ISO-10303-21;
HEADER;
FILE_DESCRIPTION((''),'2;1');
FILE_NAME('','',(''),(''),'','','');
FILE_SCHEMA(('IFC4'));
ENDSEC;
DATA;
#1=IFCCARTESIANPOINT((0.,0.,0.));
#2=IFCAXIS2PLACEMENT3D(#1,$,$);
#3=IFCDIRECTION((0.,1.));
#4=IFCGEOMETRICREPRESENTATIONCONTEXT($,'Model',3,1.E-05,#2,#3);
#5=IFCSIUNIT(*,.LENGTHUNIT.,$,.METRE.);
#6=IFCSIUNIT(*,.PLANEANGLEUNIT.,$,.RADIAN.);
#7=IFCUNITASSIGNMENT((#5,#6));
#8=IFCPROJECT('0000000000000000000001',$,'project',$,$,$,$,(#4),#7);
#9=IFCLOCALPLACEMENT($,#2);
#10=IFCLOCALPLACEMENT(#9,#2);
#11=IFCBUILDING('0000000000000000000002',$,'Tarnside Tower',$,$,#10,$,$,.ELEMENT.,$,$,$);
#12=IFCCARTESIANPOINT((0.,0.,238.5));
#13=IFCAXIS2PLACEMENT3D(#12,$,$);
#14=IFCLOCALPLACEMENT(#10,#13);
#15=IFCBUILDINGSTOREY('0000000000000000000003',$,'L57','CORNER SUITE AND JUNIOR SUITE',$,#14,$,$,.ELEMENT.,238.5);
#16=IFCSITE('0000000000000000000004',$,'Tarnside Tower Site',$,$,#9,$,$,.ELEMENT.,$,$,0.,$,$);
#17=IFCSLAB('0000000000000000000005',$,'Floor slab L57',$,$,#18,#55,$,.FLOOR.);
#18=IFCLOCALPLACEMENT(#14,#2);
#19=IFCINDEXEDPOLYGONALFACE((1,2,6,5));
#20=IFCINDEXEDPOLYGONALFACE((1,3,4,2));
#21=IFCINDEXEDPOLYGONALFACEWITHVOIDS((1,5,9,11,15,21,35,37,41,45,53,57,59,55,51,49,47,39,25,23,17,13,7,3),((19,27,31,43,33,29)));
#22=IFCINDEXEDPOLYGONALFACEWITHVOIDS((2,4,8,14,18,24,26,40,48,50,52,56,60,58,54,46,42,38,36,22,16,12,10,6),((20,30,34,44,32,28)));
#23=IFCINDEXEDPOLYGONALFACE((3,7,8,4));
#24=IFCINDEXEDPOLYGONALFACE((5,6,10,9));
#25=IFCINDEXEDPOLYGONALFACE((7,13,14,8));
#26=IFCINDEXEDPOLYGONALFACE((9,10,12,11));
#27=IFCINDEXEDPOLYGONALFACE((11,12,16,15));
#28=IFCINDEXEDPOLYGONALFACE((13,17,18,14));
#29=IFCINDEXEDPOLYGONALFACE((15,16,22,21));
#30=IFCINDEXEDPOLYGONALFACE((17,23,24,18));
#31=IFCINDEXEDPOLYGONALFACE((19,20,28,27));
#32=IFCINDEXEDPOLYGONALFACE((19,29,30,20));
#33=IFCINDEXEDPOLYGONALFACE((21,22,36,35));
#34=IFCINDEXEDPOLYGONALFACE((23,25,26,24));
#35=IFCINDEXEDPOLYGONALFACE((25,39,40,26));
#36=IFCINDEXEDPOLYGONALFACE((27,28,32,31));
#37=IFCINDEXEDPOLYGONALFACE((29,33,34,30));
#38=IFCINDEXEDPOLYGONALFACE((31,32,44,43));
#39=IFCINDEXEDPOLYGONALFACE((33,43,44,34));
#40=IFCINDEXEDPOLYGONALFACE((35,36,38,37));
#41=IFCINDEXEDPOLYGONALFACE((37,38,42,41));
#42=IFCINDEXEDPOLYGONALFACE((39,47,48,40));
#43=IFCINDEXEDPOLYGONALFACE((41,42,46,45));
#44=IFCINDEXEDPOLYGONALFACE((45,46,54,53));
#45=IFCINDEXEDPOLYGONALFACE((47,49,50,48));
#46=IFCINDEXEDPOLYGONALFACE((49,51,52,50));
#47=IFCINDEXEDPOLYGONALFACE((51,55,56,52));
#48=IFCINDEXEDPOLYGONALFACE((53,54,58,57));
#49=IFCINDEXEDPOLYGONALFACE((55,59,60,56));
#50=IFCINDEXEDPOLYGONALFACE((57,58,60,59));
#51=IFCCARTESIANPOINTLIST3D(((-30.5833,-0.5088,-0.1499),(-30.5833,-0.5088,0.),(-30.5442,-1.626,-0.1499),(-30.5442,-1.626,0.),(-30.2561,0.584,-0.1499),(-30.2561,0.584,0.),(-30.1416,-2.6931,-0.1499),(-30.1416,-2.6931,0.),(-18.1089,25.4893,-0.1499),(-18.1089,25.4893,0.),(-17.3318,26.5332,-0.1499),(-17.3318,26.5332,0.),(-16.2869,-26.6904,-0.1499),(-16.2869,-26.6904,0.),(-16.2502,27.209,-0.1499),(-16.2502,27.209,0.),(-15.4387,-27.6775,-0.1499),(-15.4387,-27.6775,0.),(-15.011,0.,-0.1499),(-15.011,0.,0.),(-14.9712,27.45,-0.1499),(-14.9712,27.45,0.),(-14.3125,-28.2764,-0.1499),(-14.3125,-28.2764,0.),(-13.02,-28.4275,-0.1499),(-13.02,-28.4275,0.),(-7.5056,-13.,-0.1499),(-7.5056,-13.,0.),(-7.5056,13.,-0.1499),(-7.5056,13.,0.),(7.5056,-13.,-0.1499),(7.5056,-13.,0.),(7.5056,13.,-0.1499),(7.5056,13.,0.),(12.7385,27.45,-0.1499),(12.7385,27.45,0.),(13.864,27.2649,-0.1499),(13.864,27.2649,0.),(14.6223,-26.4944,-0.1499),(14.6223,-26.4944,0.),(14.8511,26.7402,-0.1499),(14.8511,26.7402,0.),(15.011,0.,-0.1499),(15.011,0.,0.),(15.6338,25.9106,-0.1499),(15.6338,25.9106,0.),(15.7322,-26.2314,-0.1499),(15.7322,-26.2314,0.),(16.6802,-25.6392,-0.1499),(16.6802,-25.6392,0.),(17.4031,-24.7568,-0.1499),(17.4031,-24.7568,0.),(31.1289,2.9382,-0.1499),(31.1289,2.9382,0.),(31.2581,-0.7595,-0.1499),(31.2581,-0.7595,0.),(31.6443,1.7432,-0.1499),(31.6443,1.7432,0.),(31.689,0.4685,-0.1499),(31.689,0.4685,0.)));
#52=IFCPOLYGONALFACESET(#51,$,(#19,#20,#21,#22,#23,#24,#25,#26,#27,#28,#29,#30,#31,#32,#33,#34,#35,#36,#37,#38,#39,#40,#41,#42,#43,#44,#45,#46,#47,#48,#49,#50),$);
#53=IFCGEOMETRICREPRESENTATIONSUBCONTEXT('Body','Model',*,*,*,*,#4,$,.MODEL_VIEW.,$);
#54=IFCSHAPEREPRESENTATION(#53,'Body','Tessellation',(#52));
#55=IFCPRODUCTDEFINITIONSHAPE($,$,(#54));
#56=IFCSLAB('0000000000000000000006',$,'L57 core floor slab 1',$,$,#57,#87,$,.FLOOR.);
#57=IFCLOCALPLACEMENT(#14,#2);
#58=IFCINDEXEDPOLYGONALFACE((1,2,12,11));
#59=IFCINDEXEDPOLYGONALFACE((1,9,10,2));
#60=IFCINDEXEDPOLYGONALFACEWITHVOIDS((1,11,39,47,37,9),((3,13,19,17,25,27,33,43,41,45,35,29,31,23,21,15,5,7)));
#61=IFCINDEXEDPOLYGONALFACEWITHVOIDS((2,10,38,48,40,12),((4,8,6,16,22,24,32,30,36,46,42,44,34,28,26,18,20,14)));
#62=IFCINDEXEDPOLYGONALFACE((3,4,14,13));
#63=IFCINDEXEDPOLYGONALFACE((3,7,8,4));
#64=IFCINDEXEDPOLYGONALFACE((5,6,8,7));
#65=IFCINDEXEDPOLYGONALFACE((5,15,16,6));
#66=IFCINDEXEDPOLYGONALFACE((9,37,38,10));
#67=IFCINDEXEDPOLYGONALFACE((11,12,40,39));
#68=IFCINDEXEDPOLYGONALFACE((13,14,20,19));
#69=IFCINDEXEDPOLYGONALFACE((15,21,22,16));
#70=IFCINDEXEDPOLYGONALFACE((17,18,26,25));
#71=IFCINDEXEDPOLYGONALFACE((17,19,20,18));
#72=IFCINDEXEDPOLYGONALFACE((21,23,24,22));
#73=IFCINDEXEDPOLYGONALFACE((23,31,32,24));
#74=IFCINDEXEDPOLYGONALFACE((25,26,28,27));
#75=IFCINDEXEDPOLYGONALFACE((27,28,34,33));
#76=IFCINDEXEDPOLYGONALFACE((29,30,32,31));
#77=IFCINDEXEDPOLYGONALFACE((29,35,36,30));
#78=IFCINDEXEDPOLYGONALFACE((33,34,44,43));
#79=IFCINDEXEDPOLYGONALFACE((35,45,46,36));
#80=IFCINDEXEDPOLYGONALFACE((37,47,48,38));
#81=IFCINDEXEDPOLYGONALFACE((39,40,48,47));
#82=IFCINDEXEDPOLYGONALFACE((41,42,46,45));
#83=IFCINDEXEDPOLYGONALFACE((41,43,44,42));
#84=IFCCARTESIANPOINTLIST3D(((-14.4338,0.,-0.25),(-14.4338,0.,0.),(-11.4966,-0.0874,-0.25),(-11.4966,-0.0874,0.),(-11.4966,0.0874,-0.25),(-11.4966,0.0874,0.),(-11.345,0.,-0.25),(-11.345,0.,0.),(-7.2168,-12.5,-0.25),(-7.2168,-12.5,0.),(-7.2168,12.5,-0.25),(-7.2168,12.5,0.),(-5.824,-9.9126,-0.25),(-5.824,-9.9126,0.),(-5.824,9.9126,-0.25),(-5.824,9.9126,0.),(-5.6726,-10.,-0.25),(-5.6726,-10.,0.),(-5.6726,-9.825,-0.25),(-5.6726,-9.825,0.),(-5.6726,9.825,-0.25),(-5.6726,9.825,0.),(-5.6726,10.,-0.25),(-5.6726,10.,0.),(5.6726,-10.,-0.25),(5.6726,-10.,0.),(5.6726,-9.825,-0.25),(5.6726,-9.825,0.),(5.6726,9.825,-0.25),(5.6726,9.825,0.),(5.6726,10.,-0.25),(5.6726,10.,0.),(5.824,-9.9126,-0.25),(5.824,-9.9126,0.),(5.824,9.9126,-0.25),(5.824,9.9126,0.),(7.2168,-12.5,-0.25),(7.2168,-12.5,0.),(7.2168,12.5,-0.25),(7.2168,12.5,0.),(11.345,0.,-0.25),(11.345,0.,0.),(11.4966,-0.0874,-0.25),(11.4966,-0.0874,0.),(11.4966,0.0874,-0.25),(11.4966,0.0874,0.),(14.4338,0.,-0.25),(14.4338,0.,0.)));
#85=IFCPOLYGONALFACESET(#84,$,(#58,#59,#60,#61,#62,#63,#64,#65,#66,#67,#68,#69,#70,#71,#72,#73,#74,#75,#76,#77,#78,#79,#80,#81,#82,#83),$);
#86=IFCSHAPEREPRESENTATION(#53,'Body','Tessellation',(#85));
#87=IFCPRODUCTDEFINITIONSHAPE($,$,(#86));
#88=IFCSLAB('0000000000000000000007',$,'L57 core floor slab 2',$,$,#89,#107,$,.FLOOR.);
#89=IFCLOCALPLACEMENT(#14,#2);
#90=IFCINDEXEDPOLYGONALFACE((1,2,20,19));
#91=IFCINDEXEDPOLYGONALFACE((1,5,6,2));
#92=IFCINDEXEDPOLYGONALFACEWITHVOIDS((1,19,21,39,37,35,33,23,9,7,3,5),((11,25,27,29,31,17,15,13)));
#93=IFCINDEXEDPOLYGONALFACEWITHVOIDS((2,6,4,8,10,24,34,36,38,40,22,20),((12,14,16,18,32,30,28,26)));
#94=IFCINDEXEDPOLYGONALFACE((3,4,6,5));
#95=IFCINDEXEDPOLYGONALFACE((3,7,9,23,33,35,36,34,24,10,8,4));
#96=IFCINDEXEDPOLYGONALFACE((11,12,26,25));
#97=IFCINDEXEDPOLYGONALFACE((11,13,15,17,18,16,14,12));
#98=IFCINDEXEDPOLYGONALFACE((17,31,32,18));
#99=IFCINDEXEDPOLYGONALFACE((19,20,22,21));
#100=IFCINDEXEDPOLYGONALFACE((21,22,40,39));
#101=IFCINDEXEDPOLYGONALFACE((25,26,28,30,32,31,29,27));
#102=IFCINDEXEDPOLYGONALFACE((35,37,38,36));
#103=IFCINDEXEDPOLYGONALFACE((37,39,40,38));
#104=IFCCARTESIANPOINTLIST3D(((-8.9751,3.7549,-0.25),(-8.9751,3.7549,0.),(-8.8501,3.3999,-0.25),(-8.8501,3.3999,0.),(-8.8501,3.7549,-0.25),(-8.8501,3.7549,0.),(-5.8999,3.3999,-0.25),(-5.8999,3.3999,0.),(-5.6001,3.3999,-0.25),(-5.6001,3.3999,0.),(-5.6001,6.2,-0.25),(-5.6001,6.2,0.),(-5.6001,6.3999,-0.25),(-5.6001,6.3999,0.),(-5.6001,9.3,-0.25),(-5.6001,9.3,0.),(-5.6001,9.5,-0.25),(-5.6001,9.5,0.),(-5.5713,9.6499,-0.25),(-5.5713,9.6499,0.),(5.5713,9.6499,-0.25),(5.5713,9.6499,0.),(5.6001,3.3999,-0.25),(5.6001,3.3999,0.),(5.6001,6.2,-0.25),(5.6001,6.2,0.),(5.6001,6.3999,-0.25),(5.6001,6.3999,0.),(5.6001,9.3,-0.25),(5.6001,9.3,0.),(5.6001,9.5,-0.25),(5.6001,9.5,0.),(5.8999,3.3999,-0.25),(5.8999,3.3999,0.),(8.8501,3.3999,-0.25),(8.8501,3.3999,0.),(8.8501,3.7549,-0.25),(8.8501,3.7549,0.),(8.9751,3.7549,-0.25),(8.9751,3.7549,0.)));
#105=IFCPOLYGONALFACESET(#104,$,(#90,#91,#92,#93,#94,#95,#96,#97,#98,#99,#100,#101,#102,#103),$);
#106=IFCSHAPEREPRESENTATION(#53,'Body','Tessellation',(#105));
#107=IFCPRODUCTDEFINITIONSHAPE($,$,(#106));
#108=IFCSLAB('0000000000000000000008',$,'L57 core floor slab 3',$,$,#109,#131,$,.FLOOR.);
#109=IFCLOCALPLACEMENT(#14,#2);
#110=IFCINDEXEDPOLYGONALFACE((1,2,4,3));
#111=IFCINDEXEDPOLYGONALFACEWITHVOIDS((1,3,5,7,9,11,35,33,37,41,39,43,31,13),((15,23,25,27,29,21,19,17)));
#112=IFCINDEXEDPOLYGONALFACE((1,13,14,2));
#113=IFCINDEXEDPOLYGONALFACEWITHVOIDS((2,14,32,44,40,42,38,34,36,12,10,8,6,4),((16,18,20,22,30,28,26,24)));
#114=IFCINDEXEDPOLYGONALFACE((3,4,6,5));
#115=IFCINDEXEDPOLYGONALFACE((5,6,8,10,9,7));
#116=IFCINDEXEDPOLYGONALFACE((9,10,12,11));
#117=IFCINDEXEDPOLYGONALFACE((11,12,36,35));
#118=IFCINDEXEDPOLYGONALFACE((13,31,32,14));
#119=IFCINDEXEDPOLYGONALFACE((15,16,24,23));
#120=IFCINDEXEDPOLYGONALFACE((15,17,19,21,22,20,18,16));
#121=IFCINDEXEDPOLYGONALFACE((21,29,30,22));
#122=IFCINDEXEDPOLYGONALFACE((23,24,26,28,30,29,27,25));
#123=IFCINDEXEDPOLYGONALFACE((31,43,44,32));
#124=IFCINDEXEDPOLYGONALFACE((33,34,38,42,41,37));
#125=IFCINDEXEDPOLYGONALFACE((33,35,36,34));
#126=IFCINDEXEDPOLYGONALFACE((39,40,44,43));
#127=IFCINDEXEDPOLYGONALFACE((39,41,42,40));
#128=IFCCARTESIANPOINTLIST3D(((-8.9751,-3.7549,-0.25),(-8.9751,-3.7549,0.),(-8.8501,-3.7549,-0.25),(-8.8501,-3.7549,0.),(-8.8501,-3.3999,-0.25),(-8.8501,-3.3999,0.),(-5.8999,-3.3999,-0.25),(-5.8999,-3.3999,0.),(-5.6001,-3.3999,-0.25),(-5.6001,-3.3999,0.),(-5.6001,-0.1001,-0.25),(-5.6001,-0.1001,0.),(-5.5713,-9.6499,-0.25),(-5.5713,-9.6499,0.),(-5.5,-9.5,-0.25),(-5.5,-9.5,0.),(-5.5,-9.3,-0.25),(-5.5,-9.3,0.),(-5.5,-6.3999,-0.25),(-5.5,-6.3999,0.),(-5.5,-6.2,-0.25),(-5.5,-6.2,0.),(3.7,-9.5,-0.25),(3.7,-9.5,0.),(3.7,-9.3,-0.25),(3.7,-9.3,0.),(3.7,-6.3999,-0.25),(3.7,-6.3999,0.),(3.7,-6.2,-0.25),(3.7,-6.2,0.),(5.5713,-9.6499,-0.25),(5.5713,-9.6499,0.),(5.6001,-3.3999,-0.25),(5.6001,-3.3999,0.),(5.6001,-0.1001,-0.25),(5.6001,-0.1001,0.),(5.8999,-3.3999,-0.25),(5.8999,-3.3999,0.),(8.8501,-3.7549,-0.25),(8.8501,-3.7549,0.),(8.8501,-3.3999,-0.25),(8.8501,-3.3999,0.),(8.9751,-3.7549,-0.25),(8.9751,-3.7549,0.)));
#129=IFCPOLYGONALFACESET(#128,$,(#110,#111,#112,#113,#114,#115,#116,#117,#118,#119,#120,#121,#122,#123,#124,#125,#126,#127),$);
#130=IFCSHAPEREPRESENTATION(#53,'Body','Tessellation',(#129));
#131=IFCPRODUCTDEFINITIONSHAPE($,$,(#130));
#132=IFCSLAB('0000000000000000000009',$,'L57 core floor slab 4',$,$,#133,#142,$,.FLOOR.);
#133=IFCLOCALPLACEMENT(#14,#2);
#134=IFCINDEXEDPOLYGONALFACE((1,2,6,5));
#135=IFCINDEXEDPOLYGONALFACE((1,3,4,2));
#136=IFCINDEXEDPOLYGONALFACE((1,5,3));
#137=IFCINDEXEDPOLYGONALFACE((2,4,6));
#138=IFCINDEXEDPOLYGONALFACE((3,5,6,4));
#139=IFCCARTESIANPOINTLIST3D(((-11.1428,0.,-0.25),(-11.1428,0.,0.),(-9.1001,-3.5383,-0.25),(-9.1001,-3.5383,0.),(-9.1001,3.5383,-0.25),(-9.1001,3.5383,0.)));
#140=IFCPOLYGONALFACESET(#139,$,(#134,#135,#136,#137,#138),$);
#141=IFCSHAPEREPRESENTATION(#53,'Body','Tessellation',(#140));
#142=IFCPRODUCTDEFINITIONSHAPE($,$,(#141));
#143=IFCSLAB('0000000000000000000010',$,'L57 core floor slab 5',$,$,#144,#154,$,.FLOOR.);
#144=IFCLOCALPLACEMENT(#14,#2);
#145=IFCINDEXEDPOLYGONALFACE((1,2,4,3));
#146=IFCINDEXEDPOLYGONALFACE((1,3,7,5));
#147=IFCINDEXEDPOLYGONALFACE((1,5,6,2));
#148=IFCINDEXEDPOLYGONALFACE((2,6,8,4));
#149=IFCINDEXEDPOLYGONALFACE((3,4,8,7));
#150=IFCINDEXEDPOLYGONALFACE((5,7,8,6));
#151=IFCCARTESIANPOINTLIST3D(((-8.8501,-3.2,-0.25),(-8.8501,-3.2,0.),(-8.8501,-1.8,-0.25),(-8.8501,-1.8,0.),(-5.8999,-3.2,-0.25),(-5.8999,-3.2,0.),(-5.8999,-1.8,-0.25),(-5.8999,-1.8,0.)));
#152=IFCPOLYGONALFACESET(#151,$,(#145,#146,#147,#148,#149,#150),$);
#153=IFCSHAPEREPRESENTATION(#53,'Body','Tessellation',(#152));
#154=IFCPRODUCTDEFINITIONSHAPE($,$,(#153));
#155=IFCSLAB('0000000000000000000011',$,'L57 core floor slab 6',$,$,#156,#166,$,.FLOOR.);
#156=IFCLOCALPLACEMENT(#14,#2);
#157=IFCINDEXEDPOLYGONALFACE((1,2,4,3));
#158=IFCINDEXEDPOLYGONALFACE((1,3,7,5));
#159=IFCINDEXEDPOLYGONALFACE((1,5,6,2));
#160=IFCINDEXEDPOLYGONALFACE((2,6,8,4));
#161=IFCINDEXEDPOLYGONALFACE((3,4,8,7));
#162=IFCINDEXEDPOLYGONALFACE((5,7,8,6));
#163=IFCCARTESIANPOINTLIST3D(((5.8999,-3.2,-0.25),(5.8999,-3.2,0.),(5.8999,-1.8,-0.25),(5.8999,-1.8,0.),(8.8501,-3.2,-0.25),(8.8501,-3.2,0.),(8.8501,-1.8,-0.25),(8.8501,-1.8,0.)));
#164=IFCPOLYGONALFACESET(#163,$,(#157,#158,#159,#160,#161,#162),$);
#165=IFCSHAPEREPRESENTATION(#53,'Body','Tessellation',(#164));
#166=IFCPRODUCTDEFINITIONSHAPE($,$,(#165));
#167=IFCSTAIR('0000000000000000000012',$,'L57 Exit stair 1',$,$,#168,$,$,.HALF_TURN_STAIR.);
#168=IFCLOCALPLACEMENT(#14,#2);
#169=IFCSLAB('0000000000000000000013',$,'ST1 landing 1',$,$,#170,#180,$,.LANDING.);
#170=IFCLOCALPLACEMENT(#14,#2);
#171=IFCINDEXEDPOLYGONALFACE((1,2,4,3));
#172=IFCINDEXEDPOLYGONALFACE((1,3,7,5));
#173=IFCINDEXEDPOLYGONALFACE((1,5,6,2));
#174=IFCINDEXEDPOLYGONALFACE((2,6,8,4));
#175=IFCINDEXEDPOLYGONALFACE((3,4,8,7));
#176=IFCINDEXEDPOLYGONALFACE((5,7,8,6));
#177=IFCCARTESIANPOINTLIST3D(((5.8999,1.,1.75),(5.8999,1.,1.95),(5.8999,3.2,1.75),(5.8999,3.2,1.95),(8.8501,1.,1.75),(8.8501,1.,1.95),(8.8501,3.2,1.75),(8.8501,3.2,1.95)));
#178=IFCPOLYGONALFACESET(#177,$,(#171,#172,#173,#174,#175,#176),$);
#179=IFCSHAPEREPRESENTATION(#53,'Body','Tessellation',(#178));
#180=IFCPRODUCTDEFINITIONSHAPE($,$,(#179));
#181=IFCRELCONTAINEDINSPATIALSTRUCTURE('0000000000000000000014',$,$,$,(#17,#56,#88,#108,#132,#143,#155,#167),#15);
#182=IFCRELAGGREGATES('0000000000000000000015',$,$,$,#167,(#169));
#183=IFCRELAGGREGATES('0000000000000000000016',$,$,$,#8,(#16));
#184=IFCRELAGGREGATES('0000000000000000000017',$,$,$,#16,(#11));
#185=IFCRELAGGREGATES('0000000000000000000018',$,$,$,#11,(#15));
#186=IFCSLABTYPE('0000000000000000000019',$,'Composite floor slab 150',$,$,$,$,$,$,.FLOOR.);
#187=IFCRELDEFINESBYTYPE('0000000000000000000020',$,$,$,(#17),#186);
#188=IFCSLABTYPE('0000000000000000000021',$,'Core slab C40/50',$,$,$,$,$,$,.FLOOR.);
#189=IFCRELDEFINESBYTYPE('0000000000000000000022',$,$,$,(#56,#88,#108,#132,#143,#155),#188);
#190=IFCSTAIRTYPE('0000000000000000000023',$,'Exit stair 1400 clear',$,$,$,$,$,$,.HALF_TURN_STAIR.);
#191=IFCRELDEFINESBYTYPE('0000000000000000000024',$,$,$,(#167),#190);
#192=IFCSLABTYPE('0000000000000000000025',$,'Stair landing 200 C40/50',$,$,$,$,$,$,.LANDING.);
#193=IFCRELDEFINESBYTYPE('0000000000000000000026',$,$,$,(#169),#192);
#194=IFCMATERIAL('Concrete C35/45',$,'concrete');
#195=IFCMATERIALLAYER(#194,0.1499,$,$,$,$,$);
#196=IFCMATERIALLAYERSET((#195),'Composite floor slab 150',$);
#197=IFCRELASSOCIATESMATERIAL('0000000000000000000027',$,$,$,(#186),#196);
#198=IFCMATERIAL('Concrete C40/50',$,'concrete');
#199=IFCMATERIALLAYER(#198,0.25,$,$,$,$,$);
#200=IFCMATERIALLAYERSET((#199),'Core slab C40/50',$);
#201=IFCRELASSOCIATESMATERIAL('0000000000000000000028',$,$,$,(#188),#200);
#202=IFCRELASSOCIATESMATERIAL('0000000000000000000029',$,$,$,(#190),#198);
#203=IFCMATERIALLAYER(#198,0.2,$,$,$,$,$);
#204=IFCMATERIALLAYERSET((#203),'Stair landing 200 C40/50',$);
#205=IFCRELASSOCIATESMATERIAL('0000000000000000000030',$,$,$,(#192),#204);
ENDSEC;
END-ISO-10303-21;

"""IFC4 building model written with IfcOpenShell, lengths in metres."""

from ifc_helpers import new_model, si_unit, direction, frame, origin, place, context, subcontext, project, spatial, polyline, outline, extrude, material, layer, layer_set, type_object, element, aggregate, save


model = new_model("IFC4")

# Units and contexts
model_context = context("Model", 3, precision=1e-05, world=origin(), true_north=direction((0.0, 1.0)))
body_context = subcontext(model_context, "Body", "Model", "MODEL_VIEW")
ifc_project = project(units=[si_unit("LENGTHUNIT", "METRE"), si_unit("PLANEANGLEUNIT", "RADIAN")], contexts=[model_context])

# Site, building, storey
site_placement = place(None, origin())
site = spatial("IfcSite", under=ifc_project, at=site_placement, Name="Tarnside Tower Site", CompositionType="ELEMENT", RefElevation=0.0)
building_placement = place(site_placement, origin())
building = spatial("IfcBuilding", under=site, at=building_placement, Name="Tarnside Tower", CompositionType="ELEMENT")
storey_placement = place(building_placement, frame((0.0, 0.0, 238.5)))
storey = spatial("IfcBuildingStorey", under=building, at=storey_placement, Name="L57", Description="CORNER SUITE AND JUNIOR SUITE", CompositionType="ELEMENT", Elevation=238.5)

# Slabs
ifc_material_1 = material(Name="Concrete C35/45", Category="concrete")
ifc_layer_1 = layer(ifc_material_1, 0.1499)
ifc_layer_set_1 = layer_set([ifc_layer_1], Name="Composite floor slab 150")
slab_type_1 = type_object("IfcSlabType", Name="Composite floor slab 150", PredefinedType="FLOOR", material=ifc_layer_set_1)
slab_1_placement = place(storey_placement, frame((0.0, 0.0, -0.1499)))
element("IfcSlab", 1, at=slab_1_placement, inside=storey, type_object=slab_type_1, Name="Floor slab L57", PredefinedType="FLOOR", context=body_context, shape_type="SweptSolid", body=[
    extrude(outline(polyline([(13.864, 27.2649), (14.8511, 26.7402), (15.6338, 25.9106), (31.1289, 2.9382), (31.6443, 1.7432), (31.689, 0.4685), (31.2581, -0.7595), (17.4031, -24.7568), (16.6802, -25.6392), (15.7322, -26.2314), (14.6223, -26.4944), (-13.02, -28.4275), (-14.3125, -28.2764), (-15.4387, -27.6775), (-16.2869, -26.6904), (-30.1416, -2.6931), (-30.5442, -1.626), (-30.5833, -0.5088), (-30.2561, 0.584), (-18.1089, 25.4893), (-17.3318, 26.5332), (-16.2502, 27.209), (-14.9712, 27.45), (12.7385, 27.45), (13.864, 27.2649)]), holes=[polyline([(-15.011, 0.0), (-7.5056, -13.0), (7.5056, -13.0), (15.011, 0.0), (7.5056, 13.0), (-7.5056, 13.0), (-15.011, 0.0)])]), origin(), (0.0, 0.0, 1.0), 0.1499),
])
ifc_material_2 = material(Name="Concrete C40/50", Category="concrete")
ifc_layer_2 = layer(ifc_material_2, 0.25)
ifc_layer_set_2 = layer_set([ifc_layer_2], Name="Core slab C40/50")
slab_type_2 = type_object("IfcSlabType", Name="Core slab C40/50", PredefinedType="FLOOR", material=ifc_layer_set_2)
slab_2_placement = place(storey_placement, frame((0.0, 0.0, -0.25)))
element("IfcSlab", 2, at=slab_2_placement, inside=storey, type_object=slab_type_2, Name="L57 core floor slab 1", PredefinedType="FLOOR", context=body_context, shape_type="SweptSolid", body=[
    extrude(outline(polyline([(-7.2168, 12.5), (7.2168, 12.5), (14.4338, 0.0), (7.2168, -12.5), (-7.2168, -12.5), (-14.4338, 0.0), (-7.2168, 12.5)]), holes=[polyline([(5.824, -9.9126), (11.4966, -0.0874), (11.345, 0.0), (11.4966, 0.0874), (5.824, 9.9126), (5.6726, 9.825), (5.6726, 10.0), (-5.6726, 10.0), (-5.6726, 9.825), (-5.824, 9.9126), (-11.4966, 0.0874), (-11.345, 0.0), (-11.4966, -0.0874), (-5.824, -9.9126), (-5.6726, -9.825), (-5.6726, -10.0), (5.6726, -10.0), (5.6726, -9.825), (5.824, -9.9126)])]), origin(), (0.0, 0.0, 1.0), 0.25),
])
slab_3_placement = place(storey_placement, frame((0.0, 0.0, -0.25)))
element("IfcSlab", 3, at=slab_3_placement, inside=storey, type_object=slab_type_2, Name="L57 core floor slab 2", PredefinedType="FLOOR", context=body_context, shape_type="SweptSolid", body=[
    extrude(outline(polyline([(-8.9751, 3.7549), (-5.5713, 9.6499), (5.5713, 9.6499), (8.9751, 3.7549), (8.8501, 3.7549), (8.8501, 3.3999), (5.8999, 3.3999), (5.6001, 3.3999), (5.6001, 3.3999), (-5.6001, 3.3999), (-5.8999, 3.3999), (-8.8501, 3.3999), (-8.8501, 3.7549), (-8.9751, 3.7549)]), holes=[polyline([(-5.6001, 6.2), (5.6001, 6.2), (5.6001, 6.3999), (5.6001, 9.3), (5.6001, 9.5), (-5.6001, 9.5), (-5.6001, 9.3), (-5.6001, 6.3999), (-5.6001, 6.2)])]), origin(), (0.0, 0.0, 1.0), 0.25),
])
slab_4_placement = place(storey_placement, frame((0.0, 0.0, -0.25)))
element("IfcSlab", 4, at=slab_4_placement, inside=storey, type_object=slab_type_2, Name="L57 core floor slab 3", PredefinedType="FLOOR", context=body_context, shape_type="SweptSolid", body=[
    extrude(outline(polyline([(5.6001, -3.3999), (5.8999, -3.3999), (8.8501, -3.3999), (8.8501, -3.7549), (8.9751, -3.7549), (5.5713, -9.6499), (-5.5713, -9.6499), (-8.9751, -3.7549), (-8.8501, -3.7549), (-8.8501, -3.3999), (-5.8999, -3.3999), (-5.6001, -3.3999), (-5.6001, -0.1001), (5.6001, -0.1001), (5.6001, -3.3999)]), holes=[polyline([(-5.5, -9.3), (-5.5, -9.5), (3.7, -9.5), (3.7, -9.3), (3.7, -6.3999), (3.7, -6.2), (-5.5, -6.2), (-5.5, -6.3999), (-5.5, -9.3)])]), origin(), (0.0, 0.0, 1.0), 0.25),
])
slab_5_placement = place(storey_placement, frame((0.0, 0.0, -0.25)))
element("IfcSlab", 5, at=slab_5_placement, inside=storey, type_object=slab_type_2, Name="L57 core floor slab 4", PredefinedType="FLOOR", context=body_context, shape_type="SweptSolid", body=[
    extrude(outline(polyline([(-11.1428, 0.0), (-9.1001, 3.5383), (-9.1001, -3.5383), (-11.1428, 0.0)])), origin(), (0.0, 0.0, 1.0), 0.25),
])
slab_6_placement = place(storey_placement, frame((0.0, 0.0, -0.25)))
element("IfcSlab", 6, at=slab_6_placement, inside=storey, type_object=slab_type_2, Name="L57 core floor slab 5", PredefinedType="FLOOR", context=body_context, shape_type="SweptSolid", body=[
    extrude(outline(polyline([(-8.8501, -1.8), (-5.8999, -1.8), (-5.8999, -3.2), (-8.8501, -3.2), (-8.8501, -1.8)])), origin(), (0.0, 0.0, 1.0), 0.25),
])
slab_7_placement = place(storey_placement, frame((0.0, 0.0, -0.25)))
element("IfcSlab", 7, at=slab_7_placement, inside=storey, type_object=slab_type_2, Name="L57 core floor slab 6", PredefinedType="FLOOR", context=body_context, shape_type="SweptSolid", body=[
    extrude(outline(polyline([(5.8999, -3.2), (5.8999, -1.8), (8.8501, -1.8), (8.8501, -3.2), (5.8999, -3.2)])), origin(), (0.0, 0.0, 1.0), 0.25),
])

# Stair, slab
stair_type = type_object("IfcStairType", Name="Exit stair 1400 clear", PredefinedType="HALF_TURN_STAIR", material=ifc_material_2)
stair_1_placement = place(storey_placement, origin())
stair_1 = element("IfcStair", 8, at=stair_1_placement, inside=storey, type_object=stair_type, Name="L57 Exit stair 1", PredefinedType="HALF_TURN_STAIR")
ifc_layer_3 = layer(ifc_material_2, 0.2)
ifc_layer_set_3 = layer_set([ifc_layer_3], Name="Stair landing 200 C40/50")
slab_type_3 = type_object("IfcSlabType", Name="Stair landing 200 C40/50", PredefinedType="LANDING", material=ifc_layer_set_3)
slab_8_placement = place(storey_placement, frame((0.0, 0.0, 1.75)))
slab_8 = element("IfcSlab", 9, at=slab_8_placement, type_object=slab_type_3, Name="ST1 landing 1", PredefinedType="LANDING", context=body_context, shape_type="SweptSolid", body=[
    extrude(outline(polyline([(8.8501, 1.0), (8.8501, 3.2), (5.8999, 3.2), (5.8999, 1.0), (8.8501, 1.0)])), origin(), (0.0, 0.0, 1.0), 0.2),
])
aggregate(stair_1, [slab_8])

save(model, "model.ifc")
